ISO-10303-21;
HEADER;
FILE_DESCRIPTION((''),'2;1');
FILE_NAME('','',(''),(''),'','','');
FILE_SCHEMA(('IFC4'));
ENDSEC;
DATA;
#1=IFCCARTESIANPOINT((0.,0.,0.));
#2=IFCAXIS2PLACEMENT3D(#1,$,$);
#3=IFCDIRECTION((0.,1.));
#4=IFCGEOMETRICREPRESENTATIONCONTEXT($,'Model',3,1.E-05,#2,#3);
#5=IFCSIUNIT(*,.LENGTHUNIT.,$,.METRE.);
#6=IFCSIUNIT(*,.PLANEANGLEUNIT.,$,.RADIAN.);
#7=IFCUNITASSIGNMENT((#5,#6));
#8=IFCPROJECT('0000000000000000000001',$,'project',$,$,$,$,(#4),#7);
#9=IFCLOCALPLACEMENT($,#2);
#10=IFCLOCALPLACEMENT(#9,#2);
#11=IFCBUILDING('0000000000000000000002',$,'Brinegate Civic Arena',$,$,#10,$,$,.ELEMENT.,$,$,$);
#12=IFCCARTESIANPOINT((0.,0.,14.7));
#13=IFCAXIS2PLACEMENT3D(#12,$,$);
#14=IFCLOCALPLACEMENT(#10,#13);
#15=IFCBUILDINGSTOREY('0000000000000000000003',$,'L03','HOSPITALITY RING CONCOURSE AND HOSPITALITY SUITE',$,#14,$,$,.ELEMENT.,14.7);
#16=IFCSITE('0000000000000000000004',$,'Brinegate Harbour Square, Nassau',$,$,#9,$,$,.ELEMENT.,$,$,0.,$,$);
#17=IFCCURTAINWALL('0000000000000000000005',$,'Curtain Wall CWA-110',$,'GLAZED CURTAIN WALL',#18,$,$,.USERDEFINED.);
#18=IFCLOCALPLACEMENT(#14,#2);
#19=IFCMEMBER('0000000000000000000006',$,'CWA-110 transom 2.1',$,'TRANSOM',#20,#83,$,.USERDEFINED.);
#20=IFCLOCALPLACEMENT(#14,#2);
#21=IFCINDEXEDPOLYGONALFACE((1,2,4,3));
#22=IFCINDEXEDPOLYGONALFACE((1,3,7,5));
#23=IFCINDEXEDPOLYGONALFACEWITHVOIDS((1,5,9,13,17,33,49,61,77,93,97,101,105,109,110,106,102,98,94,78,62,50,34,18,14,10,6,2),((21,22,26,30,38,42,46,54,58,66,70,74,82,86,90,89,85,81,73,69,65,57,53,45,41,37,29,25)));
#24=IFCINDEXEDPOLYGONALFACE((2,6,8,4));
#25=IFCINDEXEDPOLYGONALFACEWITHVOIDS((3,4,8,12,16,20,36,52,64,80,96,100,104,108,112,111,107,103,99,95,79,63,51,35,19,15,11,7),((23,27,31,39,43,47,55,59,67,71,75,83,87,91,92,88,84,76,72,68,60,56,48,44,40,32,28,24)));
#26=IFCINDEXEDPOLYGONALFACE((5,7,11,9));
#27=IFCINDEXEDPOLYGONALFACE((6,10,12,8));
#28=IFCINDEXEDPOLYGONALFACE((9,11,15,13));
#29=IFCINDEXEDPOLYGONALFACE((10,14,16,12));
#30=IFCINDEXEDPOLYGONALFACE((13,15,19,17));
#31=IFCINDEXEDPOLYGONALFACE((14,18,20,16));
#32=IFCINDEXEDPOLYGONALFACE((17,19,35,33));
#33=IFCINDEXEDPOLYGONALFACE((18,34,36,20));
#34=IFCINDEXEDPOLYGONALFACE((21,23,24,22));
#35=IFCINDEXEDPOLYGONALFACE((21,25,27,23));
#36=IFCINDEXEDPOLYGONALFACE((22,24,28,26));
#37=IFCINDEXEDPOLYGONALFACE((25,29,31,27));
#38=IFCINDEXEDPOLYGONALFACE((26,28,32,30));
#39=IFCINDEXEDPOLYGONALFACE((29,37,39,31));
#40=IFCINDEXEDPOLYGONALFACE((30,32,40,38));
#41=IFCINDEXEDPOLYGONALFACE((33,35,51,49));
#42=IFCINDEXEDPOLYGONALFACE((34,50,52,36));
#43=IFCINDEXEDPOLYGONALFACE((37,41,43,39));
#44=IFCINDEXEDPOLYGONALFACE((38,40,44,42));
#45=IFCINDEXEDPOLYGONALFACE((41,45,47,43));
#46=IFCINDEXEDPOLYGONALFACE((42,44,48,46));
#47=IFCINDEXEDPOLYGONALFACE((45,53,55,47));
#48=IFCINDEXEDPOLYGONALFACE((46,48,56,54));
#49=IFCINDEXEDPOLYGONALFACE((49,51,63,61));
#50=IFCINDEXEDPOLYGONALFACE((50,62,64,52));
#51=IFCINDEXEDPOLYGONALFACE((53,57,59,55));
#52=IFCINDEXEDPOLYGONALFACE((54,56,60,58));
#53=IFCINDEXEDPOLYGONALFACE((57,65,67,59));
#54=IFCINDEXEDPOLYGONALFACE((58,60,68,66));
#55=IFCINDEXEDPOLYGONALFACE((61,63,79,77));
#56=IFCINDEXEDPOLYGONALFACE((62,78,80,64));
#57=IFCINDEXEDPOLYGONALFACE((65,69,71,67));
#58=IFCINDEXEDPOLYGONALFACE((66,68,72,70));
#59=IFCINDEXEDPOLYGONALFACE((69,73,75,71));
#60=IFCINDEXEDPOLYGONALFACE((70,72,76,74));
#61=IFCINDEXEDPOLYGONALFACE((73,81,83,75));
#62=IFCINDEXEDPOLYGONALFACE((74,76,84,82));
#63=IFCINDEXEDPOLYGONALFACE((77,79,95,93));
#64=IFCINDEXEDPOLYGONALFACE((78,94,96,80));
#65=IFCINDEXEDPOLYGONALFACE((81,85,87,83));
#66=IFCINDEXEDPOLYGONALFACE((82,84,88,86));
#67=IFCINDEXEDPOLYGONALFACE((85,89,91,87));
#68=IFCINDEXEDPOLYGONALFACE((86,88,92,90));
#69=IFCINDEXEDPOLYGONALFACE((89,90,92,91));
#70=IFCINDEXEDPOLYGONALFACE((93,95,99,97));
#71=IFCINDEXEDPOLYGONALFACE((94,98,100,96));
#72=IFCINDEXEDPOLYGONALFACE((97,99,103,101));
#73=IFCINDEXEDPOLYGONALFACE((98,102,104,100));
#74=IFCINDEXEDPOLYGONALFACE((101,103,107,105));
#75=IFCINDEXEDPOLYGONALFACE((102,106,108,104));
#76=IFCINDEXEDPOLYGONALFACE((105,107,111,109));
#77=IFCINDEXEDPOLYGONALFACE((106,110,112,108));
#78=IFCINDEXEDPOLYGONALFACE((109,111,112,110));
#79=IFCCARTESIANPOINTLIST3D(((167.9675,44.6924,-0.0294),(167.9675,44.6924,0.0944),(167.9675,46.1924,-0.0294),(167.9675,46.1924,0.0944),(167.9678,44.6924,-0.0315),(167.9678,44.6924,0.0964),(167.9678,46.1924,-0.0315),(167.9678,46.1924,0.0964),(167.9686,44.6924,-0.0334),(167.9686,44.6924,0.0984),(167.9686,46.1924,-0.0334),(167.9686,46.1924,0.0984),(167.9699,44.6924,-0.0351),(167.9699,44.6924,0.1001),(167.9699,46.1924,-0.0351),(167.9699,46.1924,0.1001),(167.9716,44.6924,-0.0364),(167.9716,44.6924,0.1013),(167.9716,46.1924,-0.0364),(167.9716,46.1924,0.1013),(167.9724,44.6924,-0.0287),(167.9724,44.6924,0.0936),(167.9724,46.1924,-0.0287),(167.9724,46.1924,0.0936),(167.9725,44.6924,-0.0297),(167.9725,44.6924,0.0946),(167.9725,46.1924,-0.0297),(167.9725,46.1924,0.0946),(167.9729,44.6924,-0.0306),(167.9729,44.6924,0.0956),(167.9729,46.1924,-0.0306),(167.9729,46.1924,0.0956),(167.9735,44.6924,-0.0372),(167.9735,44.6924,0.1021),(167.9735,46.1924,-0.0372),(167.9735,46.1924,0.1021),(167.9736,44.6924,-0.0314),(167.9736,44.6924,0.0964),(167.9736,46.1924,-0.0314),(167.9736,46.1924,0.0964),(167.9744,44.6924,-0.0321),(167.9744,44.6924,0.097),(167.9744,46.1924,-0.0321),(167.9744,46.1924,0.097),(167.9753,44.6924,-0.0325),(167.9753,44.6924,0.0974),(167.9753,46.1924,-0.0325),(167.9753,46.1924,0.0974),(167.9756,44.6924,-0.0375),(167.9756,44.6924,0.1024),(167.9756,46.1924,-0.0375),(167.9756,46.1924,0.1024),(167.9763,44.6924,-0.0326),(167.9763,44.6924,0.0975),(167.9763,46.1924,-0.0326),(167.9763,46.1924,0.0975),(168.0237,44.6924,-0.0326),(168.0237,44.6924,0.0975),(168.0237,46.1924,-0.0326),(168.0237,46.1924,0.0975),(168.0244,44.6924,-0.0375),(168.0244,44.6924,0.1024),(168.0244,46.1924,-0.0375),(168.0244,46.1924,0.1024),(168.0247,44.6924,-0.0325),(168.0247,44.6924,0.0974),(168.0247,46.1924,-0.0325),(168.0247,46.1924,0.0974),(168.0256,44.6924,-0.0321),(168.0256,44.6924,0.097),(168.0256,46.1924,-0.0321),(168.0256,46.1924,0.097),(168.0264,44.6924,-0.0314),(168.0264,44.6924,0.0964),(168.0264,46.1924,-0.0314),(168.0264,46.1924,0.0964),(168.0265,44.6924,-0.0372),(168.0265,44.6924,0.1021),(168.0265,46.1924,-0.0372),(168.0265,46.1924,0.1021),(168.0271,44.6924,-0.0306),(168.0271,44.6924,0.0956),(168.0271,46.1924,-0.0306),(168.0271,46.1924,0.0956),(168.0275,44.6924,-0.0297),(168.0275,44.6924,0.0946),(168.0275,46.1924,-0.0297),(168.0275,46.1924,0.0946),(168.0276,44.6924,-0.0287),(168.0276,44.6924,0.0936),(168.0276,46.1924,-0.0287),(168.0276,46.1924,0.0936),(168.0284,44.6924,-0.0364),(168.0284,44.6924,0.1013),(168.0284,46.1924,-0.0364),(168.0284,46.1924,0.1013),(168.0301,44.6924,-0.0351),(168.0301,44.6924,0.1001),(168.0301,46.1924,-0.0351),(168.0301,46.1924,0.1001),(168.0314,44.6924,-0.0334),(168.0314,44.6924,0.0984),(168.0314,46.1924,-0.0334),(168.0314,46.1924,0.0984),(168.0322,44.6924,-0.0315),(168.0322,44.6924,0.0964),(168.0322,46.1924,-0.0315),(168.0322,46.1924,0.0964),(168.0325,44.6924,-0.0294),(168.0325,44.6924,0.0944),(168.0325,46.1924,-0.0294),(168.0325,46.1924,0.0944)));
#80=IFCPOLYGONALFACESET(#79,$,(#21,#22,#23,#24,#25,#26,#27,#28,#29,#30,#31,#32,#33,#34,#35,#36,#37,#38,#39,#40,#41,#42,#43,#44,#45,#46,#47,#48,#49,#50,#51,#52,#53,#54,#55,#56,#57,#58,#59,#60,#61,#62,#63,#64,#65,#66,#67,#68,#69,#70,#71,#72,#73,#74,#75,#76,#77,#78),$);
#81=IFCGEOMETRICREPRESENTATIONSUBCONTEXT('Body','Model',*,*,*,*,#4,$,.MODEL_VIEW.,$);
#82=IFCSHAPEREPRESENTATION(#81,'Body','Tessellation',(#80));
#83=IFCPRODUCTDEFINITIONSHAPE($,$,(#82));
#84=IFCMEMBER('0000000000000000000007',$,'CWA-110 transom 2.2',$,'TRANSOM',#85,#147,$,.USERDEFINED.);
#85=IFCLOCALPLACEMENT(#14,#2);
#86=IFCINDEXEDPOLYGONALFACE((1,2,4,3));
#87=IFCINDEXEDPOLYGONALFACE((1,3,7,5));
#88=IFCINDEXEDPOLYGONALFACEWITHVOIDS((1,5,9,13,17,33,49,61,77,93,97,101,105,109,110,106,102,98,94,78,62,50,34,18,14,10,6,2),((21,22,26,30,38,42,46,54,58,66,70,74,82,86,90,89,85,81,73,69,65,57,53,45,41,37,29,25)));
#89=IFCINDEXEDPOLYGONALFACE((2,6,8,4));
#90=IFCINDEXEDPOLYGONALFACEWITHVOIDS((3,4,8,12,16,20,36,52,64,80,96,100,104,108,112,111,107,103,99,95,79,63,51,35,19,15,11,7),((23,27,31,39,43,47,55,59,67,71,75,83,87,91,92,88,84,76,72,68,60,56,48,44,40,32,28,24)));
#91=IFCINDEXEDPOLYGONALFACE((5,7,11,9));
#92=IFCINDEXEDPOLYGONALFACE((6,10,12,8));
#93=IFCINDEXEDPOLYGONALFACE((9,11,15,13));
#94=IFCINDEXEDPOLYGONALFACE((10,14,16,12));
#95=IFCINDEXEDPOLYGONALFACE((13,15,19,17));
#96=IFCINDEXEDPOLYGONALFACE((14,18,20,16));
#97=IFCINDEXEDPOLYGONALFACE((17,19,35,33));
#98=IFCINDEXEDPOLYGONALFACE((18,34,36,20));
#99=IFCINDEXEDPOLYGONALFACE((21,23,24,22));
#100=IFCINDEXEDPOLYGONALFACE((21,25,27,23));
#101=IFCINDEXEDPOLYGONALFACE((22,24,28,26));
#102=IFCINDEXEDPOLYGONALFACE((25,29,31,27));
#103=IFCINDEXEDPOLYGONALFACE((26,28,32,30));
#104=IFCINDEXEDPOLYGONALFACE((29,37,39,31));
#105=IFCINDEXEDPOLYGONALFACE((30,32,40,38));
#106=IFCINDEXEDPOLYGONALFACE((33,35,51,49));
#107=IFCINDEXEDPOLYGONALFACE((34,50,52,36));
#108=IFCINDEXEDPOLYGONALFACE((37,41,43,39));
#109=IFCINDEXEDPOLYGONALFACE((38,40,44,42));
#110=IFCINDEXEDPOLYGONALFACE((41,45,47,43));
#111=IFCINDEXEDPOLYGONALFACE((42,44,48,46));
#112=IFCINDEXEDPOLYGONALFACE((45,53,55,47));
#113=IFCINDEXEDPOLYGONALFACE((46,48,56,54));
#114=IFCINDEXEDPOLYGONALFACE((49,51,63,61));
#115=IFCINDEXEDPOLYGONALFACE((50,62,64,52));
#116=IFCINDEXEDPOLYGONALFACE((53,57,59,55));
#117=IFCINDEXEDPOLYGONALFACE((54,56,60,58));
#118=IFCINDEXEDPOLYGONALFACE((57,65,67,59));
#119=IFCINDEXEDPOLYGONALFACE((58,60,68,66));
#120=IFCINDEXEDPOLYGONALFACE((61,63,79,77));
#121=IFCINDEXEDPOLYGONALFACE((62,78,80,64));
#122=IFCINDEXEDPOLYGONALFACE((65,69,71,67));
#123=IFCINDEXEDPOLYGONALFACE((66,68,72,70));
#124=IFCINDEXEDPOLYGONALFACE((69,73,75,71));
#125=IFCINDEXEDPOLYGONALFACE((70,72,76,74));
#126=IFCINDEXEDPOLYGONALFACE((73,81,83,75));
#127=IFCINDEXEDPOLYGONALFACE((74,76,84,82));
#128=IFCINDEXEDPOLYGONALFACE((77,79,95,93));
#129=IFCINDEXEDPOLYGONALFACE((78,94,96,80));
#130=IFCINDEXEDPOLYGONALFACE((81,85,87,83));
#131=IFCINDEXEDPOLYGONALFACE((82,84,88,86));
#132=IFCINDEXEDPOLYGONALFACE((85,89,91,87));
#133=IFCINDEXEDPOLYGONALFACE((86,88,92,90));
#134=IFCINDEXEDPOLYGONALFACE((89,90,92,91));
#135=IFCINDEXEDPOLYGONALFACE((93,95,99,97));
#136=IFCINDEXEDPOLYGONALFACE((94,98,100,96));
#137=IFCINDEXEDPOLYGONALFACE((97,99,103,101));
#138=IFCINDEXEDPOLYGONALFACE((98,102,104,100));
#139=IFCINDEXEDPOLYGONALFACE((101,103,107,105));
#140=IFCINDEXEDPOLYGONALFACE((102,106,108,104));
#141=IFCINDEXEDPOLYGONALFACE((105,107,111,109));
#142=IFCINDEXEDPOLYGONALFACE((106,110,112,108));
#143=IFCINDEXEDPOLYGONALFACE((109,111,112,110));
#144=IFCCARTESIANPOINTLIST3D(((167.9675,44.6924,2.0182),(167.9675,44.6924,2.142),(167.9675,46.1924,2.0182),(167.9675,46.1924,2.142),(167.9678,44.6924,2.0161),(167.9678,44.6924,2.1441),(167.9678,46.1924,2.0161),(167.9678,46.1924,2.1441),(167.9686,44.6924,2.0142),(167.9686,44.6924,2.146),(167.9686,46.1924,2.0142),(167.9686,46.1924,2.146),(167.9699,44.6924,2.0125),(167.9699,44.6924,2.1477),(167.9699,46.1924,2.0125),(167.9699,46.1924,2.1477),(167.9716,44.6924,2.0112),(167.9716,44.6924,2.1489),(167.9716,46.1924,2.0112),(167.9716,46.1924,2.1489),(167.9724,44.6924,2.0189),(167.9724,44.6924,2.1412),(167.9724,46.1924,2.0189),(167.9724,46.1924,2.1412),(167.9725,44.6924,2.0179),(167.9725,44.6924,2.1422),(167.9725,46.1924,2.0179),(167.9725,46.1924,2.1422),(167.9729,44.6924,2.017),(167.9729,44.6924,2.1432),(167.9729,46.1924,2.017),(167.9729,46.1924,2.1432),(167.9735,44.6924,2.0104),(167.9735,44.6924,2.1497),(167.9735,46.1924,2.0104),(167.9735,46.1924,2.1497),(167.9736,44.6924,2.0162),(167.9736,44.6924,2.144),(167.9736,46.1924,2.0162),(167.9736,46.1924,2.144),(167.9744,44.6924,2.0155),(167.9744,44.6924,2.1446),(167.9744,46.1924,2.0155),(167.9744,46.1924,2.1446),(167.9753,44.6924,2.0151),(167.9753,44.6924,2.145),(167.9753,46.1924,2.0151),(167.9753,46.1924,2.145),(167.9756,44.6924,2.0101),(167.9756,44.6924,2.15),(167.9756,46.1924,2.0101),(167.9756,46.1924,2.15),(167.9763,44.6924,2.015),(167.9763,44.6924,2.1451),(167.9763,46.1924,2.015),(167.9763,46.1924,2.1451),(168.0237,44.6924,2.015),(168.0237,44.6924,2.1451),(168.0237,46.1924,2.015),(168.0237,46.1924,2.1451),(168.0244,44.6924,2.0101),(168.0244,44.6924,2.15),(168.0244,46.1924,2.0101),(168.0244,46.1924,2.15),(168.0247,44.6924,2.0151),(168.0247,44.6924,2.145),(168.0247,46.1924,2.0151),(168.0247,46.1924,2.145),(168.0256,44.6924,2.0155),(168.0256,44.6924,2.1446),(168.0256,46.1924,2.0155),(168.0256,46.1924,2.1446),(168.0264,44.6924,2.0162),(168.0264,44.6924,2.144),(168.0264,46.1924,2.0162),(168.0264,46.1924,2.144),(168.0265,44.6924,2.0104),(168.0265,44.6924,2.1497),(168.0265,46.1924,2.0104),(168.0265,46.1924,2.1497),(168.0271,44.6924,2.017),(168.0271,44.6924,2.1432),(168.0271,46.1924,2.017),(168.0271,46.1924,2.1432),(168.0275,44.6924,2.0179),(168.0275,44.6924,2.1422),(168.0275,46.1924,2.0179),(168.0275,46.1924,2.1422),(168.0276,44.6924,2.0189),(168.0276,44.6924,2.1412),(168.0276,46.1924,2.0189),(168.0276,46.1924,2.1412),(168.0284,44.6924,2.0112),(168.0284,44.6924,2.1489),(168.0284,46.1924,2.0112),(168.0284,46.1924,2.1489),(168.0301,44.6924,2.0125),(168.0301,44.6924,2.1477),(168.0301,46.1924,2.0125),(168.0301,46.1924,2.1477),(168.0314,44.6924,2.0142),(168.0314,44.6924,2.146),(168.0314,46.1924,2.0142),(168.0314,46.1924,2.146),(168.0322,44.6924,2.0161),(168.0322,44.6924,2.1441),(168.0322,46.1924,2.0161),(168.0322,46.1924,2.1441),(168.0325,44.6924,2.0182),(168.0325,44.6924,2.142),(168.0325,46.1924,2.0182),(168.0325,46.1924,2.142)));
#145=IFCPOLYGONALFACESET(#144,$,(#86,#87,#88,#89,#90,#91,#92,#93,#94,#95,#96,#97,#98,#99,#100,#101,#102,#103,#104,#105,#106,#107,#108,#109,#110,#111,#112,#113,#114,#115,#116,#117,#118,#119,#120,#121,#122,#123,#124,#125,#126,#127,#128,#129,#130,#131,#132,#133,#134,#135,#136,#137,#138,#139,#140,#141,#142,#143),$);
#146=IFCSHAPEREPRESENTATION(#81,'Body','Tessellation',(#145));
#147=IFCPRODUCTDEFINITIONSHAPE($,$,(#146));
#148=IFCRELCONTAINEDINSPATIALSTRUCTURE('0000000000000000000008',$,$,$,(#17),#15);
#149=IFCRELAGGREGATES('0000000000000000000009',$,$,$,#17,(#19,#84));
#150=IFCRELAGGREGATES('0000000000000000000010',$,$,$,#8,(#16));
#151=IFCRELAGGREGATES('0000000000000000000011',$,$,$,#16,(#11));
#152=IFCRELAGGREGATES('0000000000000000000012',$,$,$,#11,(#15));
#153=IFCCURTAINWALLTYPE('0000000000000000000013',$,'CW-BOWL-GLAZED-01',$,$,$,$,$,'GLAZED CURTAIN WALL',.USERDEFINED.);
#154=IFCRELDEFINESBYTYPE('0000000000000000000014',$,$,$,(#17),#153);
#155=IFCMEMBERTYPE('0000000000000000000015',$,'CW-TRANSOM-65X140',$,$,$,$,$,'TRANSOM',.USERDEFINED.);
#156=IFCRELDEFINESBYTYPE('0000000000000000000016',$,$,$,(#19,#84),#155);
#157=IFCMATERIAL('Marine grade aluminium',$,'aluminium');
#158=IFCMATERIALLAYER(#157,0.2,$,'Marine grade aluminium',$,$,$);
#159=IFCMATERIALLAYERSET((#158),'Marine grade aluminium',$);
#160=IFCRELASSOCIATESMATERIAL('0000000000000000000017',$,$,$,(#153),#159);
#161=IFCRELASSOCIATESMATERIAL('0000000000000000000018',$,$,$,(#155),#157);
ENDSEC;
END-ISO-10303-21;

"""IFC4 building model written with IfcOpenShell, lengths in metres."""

from ifc_helpers import new_model, si_unit, direction, frame, origin, origin_2d, place, context, subcontext, project, spatial, hollow_rectangle, extrude, material, layer, layer_set, material_profile, profile_set, type_object, element, aggregate, save


model = new_model("IFC4")

# Units and contexts
model_context = context("Model", 3, precision=1e-05, world=origin(), true_north=direction((0.0, 1.0)))
body_context = subcontext(model_context, "Body", "Model", "MODEL_VIEW")
ifc_project = project(units=[si_unit("LENGTHUNIT", "METRE"), si_unit("PLANEANGLEUNIT", "RADIAN")], contexts=[model_context])

# Site, building, storey
site_placement = place(None, origin())
site = spatial("IfcSite", under=ifc_project, at=site_placement, Name="Brinegate Harbour Square, Nassau", CompositionType="ELEMENT", RefElevation=0.0)
building_placement = place(site_placement, origin())
building = spatial("IfcBuilding", under=site, at=building_placement, Name="Brinegate Civic Arena", CompositionType="ELEMENT")
storey_placement = place(building_placement, frame((0.0, 0.0, 14.7)))
storey = spatial("IfcBuildingStorey", under=building, at=storey_placement, Name="L03", Description="HOSPITALITY RING CONCOURSE AND HOSPITALITY SUITE", CompositionType="ELEMENT", Elevation=14.7)

# Shared definitions
ifc_material_1 = material(Name="Marine grade aluminium", Category="aluminium")
ifc_layer_1 = layer(ifc_material_1, 0.2, Name="Marine grade aluminium")
ifc_layer_set_1 = layer_set([ifc_layer_1], Name="Marine grade aluminium")
curtain_wall_type = type_object("IfcCurtainWallType", Name="CW-BOWL-GLAZED-01", ElementType="GLAZED CURTAIN WALL", PredefinedType="USERDEFINED", material=ifc_layer_set_1)

# Curtain wall, members
curtain_wall_1_placement = place(storey_placement, origin())
curtain_wall_1 = element("IfcCurtainWall", 1, at=curtain_wall_1_placement, inside=storey, type_object=curtain_wall_type, Name="Curtain Wall CWA-110", ObjectType="GLAZED CURTAIN WALL", PredefinedType="USERDEFINED")
ifc_material_profile_1 = material_profile(ifc_material_1, hollow_rectangle(XDim=0.0649, YDim=0.1399, WallThickness=0.0049, InnerFilletRadius=0.0039, OuterFilletRadius=0.0081, at=origin_2d()), Name="TRN65X140")
ifc_profile_set_1 = profile_set([ifc_material_profile_1], Name="Marine grade aluminium")
member_type_1 = type_object("IfcMemberType", Name="CW-TRANSOM-65X140", ElementType="TRANSOM", PredefinedType="USERDEFINED", material=ifc_profile_set_1)
member_1_placement = place(storey_placement, frame((168.0, 44.6924, 0.0325), z_axis=(0.0, 1.0, 0.0), x_axis=(-1.0, 0.0, 0.0)))
member_1 = element("IfcMember", 2, at=member_1_placement, type_object=member_type_1, Name="CWA-110 transom 2.1", ObjectType="TRANSOM", PredefinedType="USERDEFINED", context=body_context, shape_type="SweptSolid", body=[
    extrude(hollow_rectangle(XDim=0.0649, YDim=0.1399, WallThickness=0.0049, InnerFilletRadius=0.0039, OuterFilletRadius=0.0081, at=origin_2d()), origin(), (0.0, 0.0, 1.0), 1.5),
])
member_2_placement = place(storey_placement, frame((168.0, 44.6924, 2.0801), z_axis=(0.0, 1.0, 0.0), x_axis=(-1.0, 0.0, 0.0)))
member_2 = element("IfcMember", 3, at=member_2_placement, type_object=member_type_1, Name="CWA-110 transom 2.2", ObjectType="TRANSOM", PredefinedType="USERDEFINED", context=body_context, shape_type="SweptSolid", body=[
    extrude(hollow_rectangle(XDim=0.0649, YDim=0.1399, WallThickness=0.0049, InnerFilletRadius=0.0039, OuterFilletRadius=0.0081, at=origin_2d()), origin(), (0.0, 0.0, 1.0), 1.5),
])

aggregate(curtain_wall_1, [member_1, member_2])

save(model, "model.ifc")
